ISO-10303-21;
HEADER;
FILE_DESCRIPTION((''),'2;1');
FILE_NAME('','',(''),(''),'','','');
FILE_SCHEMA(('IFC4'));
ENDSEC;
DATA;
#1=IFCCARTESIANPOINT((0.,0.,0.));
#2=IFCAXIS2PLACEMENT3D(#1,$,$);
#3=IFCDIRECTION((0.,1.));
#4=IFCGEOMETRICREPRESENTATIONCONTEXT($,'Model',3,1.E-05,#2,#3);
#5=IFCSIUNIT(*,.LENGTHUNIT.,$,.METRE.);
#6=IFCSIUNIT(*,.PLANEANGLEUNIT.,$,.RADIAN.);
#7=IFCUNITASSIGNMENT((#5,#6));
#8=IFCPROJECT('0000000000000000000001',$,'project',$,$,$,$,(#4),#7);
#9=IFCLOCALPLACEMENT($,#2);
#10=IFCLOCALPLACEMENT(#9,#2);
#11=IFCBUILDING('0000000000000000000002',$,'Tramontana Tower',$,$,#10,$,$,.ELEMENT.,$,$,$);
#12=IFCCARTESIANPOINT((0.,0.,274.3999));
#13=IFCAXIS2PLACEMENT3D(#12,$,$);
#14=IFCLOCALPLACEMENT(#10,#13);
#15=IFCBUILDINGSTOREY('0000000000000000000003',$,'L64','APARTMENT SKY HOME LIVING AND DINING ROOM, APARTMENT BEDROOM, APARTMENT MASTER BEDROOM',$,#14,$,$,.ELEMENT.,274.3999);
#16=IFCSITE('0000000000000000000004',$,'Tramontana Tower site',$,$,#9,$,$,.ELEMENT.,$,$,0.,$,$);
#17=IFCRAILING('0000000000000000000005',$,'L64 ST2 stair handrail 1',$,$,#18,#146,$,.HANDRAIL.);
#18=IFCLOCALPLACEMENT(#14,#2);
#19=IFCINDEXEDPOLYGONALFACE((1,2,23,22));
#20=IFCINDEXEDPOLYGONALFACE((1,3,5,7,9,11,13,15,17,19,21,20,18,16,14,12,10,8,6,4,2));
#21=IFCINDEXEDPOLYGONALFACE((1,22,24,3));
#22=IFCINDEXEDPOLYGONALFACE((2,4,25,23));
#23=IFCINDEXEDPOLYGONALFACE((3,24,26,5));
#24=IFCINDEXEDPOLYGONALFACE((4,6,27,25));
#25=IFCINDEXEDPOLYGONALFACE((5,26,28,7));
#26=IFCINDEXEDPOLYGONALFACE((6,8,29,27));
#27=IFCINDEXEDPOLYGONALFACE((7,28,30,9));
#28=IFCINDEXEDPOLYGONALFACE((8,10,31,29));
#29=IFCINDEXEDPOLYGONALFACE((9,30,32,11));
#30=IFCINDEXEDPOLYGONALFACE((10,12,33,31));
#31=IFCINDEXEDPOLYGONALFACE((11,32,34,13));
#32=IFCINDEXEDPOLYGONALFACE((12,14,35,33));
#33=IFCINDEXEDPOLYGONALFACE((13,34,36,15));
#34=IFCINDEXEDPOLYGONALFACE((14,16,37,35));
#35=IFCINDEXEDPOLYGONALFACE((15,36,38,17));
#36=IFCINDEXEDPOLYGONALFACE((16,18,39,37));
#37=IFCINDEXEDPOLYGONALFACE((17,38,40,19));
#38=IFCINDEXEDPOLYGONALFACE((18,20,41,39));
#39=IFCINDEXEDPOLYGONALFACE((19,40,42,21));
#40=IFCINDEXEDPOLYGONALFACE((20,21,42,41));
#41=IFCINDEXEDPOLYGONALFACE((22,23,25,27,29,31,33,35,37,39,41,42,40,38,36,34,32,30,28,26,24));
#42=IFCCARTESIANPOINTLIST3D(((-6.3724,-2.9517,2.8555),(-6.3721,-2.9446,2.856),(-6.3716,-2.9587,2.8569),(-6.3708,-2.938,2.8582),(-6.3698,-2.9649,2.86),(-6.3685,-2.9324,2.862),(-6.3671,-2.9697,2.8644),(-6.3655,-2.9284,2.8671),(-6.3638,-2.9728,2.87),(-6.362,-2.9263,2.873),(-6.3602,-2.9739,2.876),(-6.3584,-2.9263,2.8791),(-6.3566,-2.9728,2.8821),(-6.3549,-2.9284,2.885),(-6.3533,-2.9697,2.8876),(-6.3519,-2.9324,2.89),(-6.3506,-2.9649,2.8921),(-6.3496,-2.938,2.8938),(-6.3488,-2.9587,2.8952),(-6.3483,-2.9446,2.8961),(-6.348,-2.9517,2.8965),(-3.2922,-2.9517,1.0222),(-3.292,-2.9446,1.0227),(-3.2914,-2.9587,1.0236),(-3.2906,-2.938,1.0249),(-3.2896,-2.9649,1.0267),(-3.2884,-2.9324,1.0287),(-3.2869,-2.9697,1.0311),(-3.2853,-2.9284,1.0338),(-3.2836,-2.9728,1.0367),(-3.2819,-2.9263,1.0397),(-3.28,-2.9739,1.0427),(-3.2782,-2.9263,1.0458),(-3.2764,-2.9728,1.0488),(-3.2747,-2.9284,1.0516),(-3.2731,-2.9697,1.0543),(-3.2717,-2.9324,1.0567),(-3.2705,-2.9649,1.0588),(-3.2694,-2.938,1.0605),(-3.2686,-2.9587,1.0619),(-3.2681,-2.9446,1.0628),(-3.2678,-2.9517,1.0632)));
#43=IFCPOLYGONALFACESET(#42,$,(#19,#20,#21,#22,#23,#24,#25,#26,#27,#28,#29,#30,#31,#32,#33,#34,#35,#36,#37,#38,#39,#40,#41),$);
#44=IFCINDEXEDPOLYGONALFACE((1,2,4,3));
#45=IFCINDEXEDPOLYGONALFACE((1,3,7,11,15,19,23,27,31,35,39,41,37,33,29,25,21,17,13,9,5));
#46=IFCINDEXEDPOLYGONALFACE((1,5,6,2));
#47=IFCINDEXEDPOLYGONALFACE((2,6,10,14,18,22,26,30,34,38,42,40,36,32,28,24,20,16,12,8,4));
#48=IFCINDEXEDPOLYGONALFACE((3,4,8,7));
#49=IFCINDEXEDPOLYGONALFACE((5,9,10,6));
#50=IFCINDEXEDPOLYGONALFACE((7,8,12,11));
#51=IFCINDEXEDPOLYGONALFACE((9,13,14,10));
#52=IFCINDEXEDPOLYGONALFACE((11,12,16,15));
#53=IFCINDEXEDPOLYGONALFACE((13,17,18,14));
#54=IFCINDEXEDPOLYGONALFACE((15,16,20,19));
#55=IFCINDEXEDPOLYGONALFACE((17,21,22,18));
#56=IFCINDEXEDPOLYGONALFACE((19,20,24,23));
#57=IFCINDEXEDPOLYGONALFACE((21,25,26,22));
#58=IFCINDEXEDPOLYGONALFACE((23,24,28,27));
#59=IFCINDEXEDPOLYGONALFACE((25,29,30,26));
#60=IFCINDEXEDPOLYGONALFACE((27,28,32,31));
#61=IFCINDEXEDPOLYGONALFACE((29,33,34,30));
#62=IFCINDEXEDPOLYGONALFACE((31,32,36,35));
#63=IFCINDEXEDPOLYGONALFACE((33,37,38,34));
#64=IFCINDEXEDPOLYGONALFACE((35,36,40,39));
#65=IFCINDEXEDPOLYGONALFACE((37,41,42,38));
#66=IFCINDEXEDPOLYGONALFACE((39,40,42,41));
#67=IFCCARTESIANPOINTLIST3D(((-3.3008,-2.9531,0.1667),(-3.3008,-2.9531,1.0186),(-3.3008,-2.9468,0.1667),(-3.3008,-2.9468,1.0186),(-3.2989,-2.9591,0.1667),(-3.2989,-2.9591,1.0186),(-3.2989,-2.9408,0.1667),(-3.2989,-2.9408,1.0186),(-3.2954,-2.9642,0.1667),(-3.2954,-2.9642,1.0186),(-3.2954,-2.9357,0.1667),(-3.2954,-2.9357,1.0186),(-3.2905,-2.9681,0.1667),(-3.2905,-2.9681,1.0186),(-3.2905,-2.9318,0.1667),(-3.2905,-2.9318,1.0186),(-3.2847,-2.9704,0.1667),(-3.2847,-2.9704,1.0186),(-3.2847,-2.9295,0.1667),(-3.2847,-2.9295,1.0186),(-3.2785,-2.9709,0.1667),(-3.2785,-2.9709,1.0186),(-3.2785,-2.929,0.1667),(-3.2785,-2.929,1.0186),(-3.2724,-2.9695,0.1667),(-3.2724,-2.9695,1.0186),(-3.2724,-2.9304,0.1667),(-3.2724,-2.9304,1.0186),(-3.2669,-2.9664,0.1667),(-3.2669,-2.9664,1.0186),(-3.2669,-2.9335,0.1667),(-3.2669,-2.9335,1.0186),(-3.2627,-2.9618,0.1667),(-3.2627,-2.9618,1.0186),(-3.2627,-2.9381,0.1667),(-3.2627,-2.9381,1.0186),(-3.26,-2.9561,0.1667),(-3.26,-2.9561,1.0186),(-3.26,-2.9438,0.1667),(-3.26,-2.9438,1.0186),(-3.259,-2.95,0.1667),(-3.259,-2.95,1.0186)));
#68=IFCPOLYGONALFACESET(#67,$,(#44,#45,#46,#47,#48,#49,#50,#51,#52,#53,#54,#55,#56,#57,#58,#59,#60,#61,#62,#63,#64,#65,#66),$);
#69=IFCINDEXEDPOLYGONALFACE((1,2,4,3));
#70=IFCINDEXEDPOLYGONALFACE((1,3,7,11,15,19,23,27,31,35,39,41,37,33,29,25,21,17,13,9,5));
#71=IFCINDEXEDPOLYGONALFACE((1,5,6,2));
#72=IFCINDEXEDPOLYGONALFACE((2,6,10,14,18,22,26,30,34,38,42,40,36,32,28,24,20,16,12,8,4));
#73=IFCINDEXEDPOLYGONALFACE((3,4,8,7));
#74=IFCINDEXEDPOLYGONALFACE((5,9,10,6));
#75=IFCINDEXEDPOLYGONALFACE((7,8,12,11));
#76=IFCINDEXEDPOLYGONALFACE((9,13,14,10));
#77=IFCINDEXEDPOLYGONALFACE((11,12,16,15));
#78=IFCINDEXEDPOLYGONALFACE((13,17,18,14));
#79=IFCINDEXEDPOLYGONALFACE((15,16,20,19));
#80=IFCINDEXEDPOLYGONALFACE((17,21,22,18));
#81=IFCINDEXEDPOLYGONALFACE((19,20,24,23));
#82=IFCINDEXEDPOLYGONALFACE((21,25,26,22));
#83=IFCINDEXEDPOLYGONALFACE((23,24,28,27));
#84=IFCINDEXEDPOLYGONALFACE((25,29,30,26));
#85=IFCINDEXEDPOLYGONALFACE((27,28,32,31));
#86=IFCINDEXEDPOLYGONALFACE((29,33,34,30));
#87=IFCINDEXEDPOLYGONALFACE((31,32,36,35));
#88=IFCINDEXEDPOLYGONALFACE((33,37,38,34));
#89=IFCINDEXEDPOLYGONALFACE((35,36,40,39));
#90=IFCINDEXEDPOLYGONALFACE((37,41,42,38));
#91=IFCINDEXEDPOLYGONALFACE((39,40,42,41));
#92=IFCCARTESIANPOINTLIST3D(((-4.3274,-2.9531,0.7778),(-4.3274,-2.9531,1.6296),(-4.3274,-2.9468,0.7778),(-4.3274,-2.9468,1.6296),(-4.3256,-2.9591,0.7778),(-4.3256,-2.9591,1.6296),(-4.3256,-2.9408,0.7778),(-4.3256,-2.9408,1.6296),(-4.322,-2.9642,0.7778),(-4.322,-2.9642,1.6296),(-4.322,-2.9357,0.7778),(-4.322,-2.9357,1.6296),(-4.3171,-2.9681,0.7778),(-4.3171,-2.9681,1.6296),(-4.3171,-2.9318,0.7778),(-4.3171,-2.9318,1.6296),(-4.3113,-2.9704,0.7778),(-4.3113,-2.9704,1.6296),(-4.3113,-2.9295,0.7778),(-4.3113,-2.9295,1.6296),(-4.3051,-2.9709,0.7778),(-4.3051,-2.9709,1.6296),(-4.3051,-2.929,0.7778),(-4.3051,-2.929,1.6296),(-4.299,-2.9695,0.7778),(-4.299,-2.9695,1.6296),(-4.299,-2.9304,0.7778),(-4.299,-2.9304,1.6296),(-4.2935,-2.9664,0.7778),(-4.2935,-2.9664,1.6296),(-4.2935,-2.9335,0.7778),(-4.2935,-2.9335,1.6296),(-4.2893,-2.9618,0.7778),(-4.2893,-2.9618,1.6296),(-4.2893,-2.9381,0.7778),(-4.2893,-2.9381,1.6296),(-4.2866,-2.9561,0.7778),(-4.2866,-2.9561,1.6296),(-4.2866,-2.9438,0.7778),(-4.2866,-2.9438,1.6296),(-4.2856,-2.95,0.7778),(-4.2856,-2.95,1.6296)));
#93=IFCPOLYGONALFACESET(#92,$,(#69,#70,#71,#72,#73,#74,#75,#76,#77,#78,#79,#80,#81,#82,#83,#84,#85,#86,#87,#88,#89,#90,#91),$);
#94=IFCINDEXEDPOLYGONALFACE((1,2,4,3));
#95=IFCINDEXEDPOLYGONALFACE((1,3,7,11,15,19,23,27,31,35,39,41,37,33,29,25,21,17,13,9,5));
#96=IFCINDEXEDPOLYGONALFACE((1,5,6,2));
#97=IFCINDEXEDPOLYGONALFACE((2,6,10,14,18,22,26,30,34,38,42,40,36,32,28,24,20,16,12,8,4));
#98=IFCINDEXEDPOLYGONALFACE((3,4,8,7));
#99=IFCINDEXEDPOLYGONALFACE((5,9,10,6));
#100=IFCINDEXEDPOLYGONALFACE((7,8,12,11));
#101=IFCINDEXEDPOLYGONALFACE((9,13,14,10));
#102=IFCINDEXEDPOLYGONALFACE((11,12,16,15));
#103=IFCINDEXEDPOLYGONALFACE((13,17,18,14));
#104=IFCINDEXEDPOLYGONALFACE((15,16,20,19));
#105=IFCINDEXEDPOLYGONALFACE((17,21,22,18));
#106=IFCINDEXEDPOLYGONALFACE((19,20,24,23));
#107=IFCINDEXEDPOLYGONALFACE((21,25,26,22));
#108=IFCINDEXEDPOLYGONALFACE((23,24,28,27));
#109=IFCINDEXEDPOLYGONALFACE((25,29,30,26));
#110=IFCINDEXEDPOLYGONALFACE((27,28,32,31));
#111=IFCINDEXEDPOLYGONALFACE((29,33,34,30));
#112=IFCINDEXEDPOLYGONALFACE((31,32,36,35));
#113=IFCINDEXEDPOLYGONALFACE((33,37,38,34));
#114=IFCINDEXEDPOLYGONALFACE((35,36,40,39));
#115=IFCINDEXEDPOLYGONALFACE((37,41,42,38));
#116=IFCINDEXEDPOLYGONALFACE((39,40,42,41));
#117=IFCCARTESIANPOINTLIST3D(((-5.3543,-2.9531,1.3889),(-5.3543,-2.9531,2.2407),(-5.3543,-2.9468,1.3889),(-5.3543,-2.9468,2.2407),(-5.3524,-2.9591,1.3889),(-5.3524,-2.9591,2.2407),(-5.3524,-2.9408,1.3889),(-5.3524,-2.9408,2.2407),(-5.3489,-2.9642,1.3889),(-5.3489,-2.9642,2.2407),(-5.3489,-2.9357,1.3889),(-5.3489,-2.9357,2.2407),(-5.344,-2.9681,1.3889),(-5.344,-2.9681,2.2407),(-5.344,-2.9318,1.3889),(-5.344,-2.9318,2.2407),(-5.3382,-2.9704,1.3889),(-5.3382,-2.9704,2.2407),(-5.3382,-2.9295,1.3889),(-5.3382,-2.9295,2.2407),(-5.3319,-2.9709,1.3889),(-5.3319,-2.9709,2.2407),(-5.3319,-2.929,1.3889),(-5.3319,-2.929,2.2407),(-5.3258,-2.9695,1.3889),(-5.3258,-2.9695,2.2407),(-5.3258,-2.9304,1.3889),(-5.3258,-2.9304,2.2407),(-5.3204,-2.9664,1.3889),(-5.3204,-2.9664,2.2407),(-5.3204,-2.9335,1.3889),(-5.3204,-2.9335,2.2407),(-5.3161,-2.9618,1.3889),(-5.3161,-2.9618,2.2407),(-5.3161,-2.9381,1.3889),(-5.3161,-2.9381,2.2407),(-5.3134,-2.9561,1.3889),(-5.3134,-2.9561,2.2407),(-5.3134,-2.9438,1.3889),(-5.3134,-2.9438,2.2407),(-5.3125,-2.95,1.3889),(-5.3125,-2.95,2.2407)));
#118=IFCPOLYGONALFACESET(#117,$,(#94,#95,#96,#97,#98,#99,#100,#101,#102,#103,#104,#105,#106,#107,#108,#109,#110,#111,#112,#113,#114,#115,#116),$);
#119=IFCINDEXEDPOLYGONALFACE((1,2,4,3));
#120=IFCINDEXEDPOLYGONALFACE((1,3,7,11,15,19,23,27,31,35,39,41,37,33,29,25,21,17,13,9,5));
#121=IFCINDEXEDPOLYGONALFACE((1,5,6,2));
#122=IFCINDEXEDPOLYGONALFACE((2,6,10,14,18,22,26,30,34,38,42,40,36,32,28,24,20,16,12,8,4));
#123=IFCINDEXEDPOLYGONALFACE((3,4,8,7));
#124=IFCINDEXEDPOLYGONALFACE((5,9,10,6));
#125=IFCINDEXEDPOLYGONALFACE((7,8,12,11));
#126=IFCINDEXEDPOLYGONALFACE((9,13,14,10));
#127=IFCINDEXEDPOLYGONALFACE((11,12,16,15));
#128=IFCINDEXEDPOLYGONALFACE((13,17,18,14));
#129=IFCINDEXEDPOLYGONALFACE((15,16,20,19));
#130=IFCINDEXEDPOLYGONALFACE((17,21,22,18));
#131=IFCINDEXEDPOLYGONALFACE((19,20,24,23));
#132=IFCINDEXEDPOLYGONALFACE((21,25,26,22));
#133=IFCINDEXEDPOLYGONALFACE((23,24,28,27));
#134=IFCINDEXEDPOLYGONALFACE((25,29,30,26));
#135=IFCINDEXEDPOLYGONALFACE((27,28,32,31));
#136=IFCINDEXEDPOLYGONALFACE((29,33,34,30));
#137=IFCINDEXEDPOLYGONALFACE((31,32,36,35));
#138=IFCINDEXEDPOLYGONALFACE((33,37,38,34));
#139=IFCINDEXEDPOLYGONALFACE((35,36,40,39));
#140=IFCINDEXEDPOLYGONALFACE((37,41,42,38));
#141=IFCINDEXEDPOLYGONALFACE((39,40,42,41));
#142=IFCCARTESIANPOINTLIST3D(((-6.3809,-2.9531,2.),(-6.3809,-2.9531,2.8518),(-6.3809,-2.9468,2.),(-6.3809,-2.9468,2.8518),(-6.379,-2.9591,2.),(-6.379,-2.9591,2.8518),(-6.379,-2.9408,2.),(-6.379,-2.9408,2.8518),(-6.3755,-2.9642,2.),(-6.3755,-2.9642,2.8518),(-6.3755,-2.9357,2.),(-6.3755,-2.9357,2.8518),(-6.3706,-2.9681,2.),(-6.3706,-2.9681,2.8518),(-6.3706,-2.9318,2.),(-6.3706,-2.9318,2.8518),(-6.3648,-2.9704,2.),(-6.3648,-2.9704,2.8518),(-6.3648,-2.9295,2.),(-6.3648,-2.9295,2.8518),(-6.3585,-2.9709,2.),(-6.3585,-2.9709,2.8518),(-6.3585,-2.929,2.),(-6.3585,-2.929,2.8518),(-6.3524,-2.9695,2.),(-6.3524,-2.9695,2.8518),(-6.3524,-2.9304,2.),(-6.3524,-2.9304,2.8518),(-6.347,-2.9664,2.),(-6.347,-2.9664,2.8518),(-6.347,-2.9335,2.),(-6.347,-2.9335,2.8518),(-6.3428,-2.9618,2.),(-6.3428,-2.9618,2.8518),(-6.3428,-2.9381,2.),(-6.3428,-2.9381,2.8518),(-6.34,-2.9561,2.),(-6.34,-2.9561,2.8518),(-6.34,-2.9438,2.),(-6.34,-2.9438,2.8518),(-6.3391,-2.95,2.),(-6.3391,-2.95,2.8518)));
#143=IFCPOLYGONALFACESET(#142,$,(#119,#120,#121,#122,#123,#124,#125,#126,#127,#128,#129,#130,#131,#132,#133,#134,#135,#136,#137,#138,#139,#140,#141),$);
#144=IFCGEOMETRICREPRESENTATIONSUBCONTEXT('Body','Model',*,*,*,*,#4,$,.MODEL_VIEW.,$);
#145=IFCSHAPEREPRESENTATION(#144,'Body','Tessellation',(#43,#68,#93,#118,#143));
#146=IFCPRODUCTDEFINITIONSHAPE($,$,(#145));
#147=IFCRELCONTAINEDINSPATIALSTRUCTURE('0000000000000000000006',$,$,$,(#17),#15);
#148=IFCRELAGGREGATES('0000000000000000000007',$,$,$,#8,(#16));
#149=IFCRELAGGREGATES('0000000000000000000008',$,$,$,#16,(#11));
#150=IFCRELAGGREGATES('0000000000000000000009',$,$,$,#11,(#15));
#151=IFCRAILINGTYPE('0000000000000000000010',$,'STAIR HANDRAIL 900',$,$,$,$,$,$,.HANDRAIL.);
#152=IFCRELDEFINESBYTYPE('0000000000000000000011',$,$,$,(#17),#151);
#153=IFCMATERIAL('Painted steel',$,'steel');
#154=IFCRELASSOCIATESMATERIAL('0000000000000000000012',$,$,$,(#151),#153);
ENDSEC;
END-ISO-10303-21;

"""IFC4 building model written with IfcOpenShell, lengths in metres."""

from ifc_helpers import new_model, si_unit, direction, frame, origin, origin_2d, place, context, subcontext, project, spatial, circle, extrude, material, type_object, element, save


model = new_model("IFC4")

# Units and contexts
model_context = context("Model", 3, precision=1e-05, world=origin(), true_north=direction((0.0, 1.0)))
body_context = subcontext(model_context, "Body", "Model", "MODEL_VIEW")
ifc_project = project(units=[si_unit("LENGTHUNIT", "METRE"), si_unit("PLANEANGLEUNIT", "RADIAN")], contexts=[model_context])

# Site, building, storey
site_placement = place(None, origin())
site = spatial("IfcSite", under=ifc_project, at=site_placement, Name="Tramontana Tower site", CompositionType="ELEMENT", RefElevation=0.0)
building_placement = place(site_placement, origin())
building = spatial("IfcBuilding", under=site, at=building_placement, Name="Tramontana Tower", CompositionType="ELEMENT")
storey_placement = place(building_placement, frame((0.0, 0.0, 274.3999)))
storey = spatial("IfcBuildingStorey", under=building, at=storey_placement, Name="L64", Description="APARTMENT SKY HOME LIVING AND DINING ROOM, APARTMENT BEDROOM, APARTMENT MASTER BEDROOM", CompositionType="ELEMENT", Elevation=274.3999)

# Railing
ifc_material_1 = material(Name="Painted steel", Category="steel")
railing_type_1 = type_object("IfcRailingType", Name="STAIR HANDRAIL 900", PredefinedType="HANDRAIL", material=ifc_material_1)
railing_1_placement = place(storey_placement, frame((-3.28, -2.95, 0.1667)))
element("IfcRailing", 1, at=railing_1_placement, inside=storey, type_object=railing_type_1, Name="L64 ST2 stair handrail 1", PredefinedType="HANDRAIL", context=body_context, shape_type="SweptSolid", body=[
    extrude(circle(Radius=0.0239, at=origin_2d()), frame((0.0, 0.0, 0.876), z_axis=(-0.859309, 0.0, 0.511458), x_axis=(0.0, -1.0, 0.0)), (0.0, 0.0, 1.0), 3.5845),
    extrude(circle(Radius=0.021, at=origin_2d()), origin(), (0.0, 0.0, 1.0), 0.8518),
    extrude(circle(Radius=0.021, at=origin_2d()), frame((-1.0266, 0.0, 0.6111)), (0.0, 0.0, 1.0), 0.8518),
    extrude(circle(Radius=0.021, at=origin_2d()), frame((-2.0535, 0.0, 1.2222)), (0.0, 0.0, 1.0), 0.8518),
    extrude(circle(Radius=0.021, at=origin_2d()), frame((-3.0801, 0.0, 1.8333)), (0.0, 0.0, 1.0), 0.8518),
])

save(model, "model.ifc")
